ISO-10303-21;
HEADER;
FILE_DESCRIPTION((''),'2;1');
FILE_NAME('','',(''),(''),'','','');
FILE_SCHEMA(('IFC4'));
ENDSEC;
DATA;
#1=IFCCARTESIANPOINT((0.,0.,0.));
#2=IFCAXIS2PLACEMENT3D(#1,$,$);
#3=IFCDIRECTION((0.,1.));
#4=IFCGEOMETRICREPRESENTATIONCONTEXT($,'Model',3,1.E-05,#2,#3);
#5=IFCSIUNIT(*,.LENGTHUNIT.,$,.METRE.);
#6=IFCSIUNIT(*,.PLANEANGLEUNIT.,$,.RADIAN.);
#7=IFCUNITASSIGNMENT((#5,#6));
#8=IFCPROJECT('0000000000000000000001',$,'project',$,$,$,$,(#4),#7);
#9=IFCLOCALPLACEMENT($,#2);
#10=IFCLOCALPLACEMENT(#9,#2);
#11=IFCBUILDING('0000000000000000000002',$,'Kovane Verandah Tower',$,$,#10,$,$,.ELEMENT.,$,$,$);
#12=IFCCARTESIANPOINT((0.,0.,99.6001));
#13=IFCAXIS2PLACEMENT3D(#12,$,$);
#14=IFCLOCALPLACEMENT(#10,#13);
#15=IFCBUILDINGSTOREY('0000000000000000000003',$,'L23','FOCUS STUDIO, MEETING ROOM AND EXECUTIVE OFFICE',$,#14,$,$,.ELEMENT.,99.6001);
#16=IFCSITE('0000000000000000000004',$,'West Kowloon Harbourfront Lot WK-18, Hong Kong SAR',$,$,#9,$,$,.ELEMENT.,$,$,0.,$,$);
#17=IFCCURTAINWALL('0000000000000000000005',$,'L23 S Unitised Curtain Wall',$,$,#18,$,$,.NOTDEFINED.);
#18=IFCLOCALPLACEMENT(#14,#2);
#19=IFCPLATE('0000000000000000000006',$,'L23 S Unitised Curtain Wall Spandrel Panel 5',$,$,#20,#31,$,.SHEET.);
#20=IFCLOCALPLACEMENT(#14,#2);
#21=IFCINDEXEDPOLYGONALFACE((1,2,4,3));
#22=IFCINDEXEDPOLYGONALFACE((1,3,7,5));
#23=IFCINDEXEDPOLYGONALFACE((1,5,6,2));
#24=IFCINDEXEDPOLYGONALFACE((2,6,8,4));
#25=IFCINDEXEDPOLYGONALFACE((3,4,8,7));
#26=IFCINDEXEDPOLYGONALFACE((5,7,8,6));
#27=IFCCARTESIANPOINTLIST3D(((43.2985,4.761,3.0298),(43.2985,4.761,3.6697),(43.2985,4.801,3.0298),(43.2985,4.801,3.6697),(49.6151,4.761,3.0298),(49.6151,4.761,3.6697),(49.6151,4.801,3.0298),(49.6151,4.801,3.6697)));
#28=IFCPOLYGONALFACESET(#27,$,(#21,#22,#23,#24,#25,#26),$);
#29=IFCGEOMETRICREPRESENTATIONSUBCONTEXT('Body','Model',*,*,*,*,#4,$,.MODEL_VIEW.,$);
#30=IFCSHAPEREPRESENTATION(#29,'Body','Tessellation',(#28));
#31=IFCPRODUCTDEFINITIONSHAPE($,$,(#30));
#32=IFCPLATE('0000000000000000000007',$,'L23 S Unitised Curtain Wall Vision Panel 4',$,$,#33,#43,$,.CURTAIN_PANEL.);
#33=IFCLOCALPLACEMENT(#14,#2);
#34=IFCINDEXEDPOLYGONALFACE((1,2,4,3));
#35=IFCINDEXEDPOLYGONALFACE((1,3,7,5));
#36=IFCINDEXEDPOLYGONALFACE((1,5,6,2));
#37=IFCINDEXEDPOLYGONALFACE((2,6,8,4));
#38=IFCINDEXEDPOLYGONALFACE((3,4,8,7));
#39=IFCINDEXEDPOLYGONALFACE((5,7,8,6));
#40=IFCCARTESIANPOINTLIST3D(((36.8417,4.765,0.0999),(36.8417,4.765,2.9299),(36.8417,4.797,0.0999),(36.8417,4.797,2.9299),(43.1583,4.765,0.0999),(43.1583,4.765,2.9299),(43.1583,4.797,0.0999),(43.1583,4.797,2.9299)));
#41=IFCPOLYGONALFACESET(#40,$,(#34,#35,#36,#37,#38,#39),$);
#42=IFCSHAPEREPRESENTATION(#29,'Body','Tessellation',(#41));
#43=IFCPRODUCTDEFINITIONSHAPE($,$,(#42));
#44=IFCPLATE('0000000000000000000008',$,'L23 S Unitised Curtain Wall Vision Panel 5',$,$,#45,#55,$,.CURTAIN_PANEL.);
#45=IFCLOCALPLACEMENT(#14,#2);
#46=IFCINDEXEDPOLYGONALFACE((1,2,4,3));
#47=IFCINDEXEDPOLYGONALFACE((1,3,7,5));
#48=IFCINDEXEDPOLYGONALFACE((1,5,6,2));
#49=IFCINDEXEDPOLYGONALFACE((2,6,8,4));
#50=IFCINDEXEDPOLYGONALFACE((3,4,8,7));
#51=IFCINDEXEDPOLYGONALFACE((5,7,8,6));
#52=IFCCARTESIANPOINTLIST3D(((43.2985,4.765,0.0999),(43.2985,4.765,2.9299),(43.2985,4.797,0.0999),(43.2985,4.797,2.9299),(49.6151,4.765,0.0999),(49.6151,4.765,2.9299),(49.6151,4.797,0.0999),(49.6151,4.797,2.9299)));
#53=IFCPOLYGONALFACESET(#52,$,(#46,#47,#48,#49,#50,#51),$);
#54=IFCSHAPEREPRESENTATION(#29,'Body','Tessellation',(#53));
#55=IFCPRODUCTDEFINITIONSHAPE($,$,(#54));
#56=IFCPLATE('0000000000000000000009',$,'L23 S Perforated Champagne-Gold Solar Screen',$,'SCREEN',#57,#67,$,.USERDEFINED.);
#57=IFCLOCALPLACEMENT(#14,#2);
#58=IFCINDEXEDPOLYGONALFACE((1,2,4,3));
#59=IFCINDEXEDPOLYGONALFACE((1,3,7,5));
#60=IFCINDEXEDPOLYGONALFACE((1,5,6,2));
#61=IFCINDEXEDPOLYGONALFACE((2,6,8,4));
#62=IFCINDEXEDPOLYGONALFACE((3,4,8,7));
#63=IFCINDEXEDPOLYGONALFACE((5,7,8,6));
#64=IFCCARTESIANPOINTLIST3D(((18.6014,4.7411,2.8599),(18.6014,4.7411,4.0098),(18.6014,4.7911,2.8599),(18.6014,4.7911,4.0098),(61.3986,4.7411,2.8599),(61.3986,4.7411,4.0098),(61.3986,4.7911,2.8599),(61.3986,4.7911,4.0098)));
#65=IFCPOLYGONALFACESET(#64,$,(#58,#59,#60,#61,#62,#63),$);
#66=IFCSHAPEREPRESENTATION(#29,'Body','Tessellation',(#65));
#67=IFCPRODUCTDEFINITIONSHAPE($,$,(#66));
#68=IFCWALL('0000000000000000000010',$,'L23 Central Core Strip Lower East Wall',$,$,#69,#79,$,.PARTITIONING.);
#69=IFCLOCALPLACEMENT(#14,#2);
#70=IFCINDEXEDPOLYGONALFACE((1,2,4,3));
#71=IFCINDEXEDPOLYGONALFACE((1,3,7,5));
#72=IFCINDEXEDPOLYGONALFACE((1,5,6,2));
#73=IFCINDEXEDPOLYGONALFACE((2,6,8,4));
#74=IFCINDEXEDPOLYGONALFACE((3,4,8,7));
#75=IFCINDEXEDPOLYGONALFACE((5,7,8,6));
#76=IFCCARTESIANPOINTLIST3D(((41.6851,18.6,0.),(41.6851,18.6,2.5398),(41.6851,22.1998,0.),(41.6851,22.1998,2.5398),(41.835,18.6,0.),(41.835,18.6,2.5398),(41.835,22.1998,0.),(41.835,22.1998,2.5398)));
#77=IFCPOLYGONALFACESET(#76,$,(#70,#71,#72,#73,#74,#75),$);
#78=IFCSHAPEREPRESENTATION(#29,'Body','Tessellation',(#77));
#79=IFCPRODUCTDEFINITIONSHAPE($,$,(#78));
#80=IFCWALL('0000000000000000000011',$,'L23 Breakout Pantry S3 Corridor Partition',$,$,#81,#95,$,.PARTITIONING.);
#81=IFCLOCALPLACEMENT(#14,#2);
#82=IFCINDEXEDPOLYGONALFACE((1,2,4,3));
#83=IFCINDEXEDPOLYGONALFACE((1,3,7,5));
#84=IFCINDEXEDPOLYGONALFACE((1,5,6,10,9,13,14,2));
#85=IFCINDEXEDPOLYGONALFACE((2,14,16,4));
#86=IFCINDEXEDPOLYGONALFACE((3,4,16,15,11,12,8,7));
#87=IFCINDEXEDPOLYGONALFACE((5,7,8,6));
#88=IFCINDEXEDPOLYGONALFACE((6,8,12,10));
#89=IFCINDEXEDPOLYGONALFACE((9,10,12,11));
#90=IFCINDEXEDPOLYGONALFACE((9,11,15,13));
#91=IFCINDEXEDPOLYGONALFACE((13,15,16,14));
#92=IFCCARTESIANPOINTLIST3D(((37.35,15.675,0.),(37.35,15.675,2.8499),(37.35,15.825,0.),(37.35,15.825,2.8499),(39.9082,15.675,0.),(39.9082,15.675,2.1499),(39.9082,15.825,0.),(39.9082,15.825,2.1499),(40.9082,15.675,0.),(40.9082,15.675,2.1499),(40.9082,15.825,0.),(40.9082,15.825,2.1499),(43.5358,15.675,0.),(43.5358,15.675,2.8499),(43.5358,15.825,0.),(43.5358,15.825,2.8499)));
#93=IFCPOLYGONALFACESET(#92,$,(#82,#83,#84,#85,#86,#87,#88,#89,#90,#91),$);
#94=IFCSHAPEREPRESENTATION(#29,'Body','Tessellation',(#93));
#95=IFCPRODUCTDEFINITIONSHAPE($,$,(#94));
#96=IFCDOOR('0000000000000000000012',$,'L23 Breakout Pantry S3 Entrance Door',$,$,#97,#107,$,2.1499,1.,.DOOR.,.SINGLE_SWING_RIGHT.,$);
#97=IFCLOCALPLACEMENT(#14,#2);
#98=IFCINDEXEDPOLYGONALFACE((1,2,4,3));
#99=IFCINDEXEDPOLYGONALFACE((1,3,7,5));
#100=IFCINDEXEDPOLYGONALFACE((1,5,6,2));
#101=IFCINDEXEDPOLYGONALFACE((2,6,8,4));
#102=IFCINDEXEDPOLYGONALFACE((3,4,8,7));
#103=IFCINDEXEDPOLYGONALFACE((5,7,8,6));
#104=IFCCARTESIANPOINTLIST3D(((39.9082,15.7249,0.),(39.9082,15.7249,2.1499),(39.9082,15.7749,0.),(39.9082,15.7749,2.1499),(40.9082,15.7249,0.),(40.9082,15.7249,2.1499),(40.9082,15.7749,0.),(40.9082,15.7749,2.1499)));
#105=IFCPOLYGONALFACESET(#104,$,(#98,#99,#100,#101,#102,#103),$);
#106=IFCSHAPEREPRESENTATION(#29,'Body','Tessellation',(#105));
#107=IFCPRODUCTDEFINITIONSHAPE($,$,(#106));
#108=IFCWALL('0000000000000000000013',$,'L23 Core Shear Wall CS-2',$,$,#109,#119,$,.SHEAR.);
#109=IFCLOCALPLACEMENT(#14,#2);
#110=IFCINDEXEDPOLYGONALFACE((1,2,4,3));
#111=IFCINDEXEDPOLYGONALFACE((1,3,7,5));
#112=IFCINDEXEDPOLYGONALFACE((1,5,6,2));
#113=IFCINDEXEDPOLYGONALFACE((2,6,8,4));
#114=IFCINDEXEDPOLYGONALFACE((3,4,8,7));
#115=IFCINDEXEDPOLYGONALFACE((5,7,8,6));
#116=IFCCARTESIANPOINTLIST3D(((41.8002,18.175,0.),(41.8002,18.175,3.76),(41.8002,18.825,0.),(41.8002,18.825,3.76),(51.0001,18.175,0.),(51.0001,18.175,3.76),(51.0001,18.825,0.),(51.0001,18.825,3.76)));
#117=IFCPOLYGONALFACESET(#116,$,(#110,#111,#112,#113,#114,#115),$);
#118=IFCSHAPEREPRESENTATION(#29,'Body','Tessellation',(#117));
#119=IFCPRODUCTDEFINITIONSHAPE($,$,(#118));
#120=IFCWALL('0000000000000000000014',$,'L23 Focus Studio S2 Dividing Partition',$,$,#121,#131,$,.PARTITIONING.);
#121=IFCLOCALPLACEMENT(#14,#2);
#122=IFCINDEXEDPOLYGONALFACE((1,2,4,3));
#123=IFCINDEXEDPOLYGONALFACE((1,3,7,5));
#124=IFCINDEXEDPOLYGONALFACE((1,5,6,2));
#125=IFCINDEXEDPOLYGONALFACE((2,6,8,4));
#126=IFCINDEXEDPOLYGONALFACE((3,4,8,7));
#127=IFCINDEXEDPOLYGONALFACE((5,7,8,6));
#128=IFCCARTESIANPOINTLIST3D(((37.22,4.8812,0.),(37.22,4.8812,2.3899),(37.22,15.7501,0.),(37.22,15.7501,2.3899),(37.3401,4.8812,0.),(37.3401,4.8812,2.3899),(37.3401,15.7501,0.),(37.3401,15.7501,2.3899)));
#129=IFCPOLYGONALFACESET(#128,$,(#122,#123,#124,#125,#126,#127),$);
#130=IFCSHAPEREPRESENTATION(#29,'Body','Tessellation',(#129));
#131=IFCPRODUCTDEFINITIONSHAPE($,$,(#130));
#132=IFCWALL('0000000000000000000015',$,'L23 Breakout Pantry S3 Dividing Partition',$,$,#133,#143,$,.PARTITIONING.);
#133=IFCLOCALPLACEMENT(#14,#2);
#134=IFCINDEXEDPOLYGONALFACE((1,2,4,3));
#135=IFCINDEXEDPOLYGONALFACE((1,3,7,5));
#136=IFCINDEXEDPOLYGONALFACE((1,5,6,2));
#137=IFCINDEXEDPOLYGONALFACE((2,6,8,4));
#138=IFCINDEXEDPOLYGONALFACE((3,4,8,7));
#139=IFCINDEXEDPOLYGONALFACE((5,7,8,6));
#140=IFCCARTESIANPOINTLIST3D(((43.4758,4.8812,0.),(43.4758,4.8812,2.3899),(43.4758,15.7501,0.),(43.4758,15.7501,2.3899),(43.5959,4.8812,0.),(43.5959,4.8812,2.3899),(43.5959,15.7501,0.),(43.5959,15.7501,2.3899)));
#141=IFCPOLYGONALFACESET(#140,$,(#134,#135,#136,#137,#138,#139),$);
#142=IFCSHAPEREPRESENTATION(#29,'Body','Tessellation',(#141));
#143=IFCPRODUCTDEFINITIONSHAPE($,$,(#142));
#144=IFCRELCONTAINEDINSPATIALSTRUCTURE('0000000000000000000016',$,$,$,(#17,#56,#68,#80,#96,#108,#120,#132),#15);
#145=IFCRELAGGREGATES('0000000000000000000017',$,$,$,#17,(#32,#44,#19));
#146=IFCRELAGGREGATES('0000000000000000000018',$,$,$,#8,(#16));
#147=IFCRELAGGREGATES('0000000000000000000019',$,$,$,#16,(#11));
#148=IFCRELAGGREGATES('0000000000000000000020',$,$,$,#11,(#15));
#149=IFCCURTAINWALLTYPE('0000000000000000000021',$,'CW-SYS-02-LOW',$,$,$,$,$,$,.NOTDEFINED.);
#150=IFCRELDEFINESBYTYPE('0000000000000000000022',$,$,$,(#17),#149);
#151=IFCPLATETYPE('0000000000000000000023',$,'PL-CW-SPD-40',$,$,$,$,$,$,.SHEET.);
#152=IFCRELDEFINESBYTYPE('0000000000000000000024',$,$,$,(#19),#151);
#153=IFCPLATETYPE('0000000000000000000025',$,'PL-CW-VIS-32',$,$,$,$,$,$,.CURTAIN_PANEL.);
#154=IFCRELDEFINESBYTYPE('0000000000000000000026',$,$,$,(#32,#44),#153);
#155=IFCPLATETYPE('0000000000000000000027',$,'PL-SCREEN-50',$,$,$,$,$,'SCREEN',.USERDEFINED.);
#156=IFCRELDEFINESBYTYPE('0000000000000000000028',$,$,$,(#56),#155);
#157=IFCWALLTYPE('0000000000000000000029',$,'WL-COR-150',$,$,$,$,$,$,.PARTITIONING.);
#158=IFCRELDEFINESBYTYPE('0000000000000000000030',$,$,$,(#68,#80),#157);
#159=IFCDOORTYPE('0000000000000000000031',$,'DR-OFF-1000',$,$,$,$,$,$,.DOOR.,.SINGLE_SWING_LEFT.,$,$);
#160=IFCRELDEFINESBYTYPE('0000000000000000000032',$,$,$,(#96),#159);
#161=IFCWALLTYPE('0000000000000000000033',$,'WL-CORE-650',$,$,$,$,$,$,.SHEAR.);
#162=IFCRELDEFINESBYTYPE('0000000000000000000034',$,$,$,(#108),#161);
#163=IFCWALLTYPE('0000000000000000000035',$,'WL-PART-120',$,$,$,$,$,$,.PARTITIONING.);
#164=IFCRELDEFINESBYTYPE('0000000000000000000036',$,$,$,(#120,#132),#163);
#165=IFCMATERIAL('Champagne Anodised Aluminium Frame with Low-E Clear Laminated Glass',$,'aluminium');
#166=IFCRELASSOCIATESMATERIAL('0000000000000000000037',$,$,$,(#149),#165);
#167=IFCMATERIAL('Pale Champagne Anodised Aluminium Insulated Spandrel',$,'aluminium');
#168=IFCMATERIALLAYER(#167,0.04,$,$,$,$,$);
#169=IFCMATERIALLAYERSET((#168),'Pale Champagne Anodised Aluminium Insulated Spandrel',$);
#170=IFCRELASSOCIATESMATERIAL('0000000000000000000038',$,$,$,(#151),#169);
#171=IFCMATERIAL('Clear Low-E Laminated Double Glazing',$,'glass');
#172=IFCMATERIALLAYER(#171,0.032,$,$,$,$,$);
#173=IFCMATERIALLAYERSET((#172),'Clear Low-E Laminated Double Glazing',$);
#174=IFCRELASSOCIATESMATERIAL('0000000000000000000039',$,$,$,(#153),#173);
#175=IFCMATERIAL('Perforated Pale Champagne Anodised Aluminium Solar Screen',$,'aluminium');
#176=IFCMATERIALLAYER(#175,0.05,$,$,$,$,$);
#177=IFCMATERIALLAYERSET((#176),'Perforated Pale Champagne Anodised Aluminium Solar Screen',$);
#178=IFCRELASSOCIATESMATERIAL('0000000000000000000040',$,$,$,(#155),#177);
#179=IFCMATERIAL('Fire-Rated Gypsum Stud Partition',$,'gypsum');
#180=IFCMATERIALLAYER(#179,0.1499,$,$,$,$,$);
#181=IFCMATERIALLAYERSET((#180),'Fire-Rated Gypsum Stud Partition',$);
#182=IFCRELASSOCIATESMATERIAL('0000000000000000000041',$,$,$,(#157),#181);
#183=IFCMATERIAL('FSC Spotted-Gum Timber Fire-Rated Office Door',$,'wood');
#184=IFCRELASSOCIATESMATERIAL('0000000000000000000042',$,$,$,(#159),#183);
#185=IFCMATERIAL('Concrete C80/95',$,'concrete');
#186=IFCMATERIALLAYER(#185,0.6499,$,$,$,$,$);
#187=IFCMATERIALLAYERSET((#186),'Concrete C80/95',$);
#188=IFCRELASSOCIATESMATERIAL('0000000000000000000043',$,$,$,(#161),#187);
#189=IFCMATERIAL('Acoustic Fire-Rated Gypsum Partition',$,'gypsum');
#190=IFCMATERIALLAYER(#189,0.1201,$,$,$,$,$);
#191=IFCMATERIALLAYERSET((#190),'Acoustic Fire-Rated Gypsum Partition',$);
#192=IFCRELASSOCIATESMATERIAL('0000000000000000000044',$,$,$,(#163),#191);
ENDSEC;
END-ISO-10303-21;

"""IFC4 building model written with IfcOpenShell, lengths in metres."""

from ifc_helpers import new_model, si_unit, direction, frame, frame_2d, origin, origin_2d, place, context, subcontext, project, spatial, rectangle, extrude, material, layer, layer_set, type_object, element, fill, aggregate, save


model = new_model("IFC4")

# Units and contexts
model_context = context("Model", 3, precision=1e-05, world=origin(), true_north=direction((0.0, 1.0)))
body_context = subcontext(model_context, "Body", "Model", "MODEL_VIEW")
ifc_project = project(units=[si_unit("LENGTHUNIT", "METRE"), si_unit("PLANEANGLEUNIT", "RADIAN")], contexts=[model_context])

# Site, building, storey
site_placement = place(None, origin())
site = spatial("IfcSite", under=ifc_project, at=site_placement, Name="West Kowloon Harbourfront Lot WK-18, Hong Kong SAR", CompositionType="ELEMENT", RefElevation=0.0)
building_placement = place(site_placement, origin())
building = spatial("IfcBuilding", under=site, at=building_placement, Name="Kovane Verandah Tower", CompositionType="ELEMENT")
storey_placement = place(building_placement, frame((0.0, 0.0, 99.6001)))
storey = spatial("IfcBuildingStorey", under=building, at=storey_placement, Name="L23", Description="FOCUS STUDIO, MEETING ROOM AND EXECUTIVE OFFICE", CompositionType="ELEMENT", Elevation=99.6001)

# Shared definitions
ifc_material_1 = material(Name="Concrete C80/95", Category="concrete")

# Curtain wall, plates
ifc_material_2 = material(Name="Champagne Anodised Aluminium Frame with Low-E Clear Laminated Glass", Category="aluminium")
curtain_wall_type = type_object("IfcCurtainWallType", Name="CW-SYS-02-LOW", PredefinedType="NOTDEFINED", material=ifc_material_2)
curtain_wall_placement = place(storey_placement, origin())
curtain_wall = element("IfcCurtainWall", 1, at=curtain_wall_placement, inside=storey, type_object=curtain_wall_type, Name="L23 S Unitised Curtain Wall", PredefinedType="NOTDEFINED")
ifc_material_3 = material(Name="Pale Champagne Anodised Aluminium Insulated Spandrel", Category="aluminium")
ifc_layer_1 = layer(ifc_material_3, 0.04)
ifc_layer_set_1 = layer_set([ifc_layer_1], Name="Pale Champagne Anodised Aluminium Insulated Spandrel")
plate_type_1 = type_object("IfcPlateType", Name="PL-CW-SPD-40", PredefinedType="SHEET", material=ifc_layer_set_1)
plate_1_placement = place(storey_placement, frame((46.4568, 4.781, 3.0298), z_axis=(0.0, 0.0, 1.0), x_axis=(1.0, 0.0, 0.0)))
plate_1 = element("IfcPlate", 2, at=plate_1_placement, type_object=plate_type_1, Name="L23 S Unitised Curtain Wall Spandrel Panel 5", PredefinedType="SHEET", context=body_context, shape_type="SweptSolid", body=[
    extrude(rectangle(XDim=6.3167, YDim=0.04, at=origin_2d()), origin(), (0.0, 0.0, 1.0), 0.6399),
])
ifc_material_4 = material(Name="Clear Low-E Laminated Double Glazing", Category="glass")
ifc_layer_2 = layer(ifc_material_4, 0.032)
ifc_layer_set_2 = layer_set([ifc_layer_2], Name="Clear Low-E Laminated Double Glazing")
plate_type_2 = type_object("IfcPlateType", Name="PL-CW-VIS-32", PredefinedType="CURTAIN_PANEL", material=ifc_layer_set_2)
plate_2_placement = place(storey_placement, frame((40.0, 4.781, 0.0999), z_axis=(0.0, 0.0, 1.0), x_axis=(1.0, 0.0, 0.0)))
plate_2 = element("IfcPlate", 3, at=plate_2_placement, type_object=plate_type_2, Name="L23 S Unitised Curtain Wall Vision Panel 4", PredefinedType="CURTAIN_PANEL", context=body_context, shape_type="SweptSolid", body=[
    extrude(rectangle(XDim=6.3167, YDim=0.032, at=origin_2d()), origin(), (0.0, 0.0, 1.0), 2.8301),
])
plate_3_placement = place(storey_placement, frame((46.4568, 4.781, 0.0999), z_axis=(0.0, 0.0, 1.0), x_axis=(1.0, 0.0, 0.0)))
plate_3 = element("IfcPlate", 4, at=plate_3_placement, type_object=plate_type_2, Name="L23 S Unitised Curtain Wall Vision Panel 5", PredefinedType="CURTAIN_PANEL", context=body_context, shape_type="SweptSolid", body=[
    extrude(rectangle(XDim=6.3167, YDim=0.032, at=origin_2d()), origin(), (0.0, 0.0, 1.0), 2.8301),
])
aggregate(curtain_wall, [plate_2, plate_3, plate_1])

# Plate
ifc_material_5 = material(Name="Perforated Pale Champagne Anodised Aluminium Solar Screen", Category="aluminium")
ifc_layer_3 = layer(ifc_material_5, 0.05)
ifc_layer_set_3 = layer_set([ifc_layer_3], Name="Perforated Pale Champagne Anodised Aluminium Solar Screen")
plate_type_3 = type_object("IfcPlateType", Name="PL-SCREEN-50", ElementType="SCREEN", PredefinedType="USERDEFINED", material=ifc_layer_set_3)
plate_4_placement = place(storey_placement, frame((40.0, 4.7661, 2.8599), z_axis=(0.0, 0.0, 1.0), x_axis=(1.0, 0.0, 0.0)))
element("IfcPlate", 5, at=plate_4_placement, inside=storey, type_object=plate_type_3, Name="L23 S Perforated Champagne-Gold Solar Screen", ObjectType="SCREEN", PredefinedType="USERDEFINED", context=body_context, shape_type="SweptSolid", body=[
    extrude(rectangle(XDim=42.7971, YDim=0.05, at=origin_2d()), origin(), (0.0, 0.0, 1.0), 1.1499),
])

# Wall
ifc_material_6 = material(Name="Fire-Rated Gypsum Stud Partition", Category="gypsum")
ifc_layer_4 = layer(ifc_material_6, 0.1499)
ifc_layer_set_4 = layer_set([ifc_layer_4], Name="Fire-Rated Gypsum Stud Partition")
wall_type_1 = type_object("IfcWallType", Name="WL-COR-150", PredefinedType="PARTITIONING", material=ifc_layer_set_4)
wall_1_placement = place(storey_placement, frame((41.76, 18.6001, 0.0), z_axis=(0.0, 0.0, 1.0), x_axis=(0.0, 1.0, 0.0)))
element("IfcWall", 6, at=wall_1_placement, inside=storey, type_object=wall_type_1, Name="L23 Central Core Strip Lower East Wall", PredefinedType="PARTITIONING", context=body_context, shape_type="SweptSolid", body=[
    extrude(rectangle(XDim=3.5999, YDim=0.1499, at=frame_2d((1.7998, 0.0))), origin(), (0.0, 0.0, 1.0), 2.5398),
])

# Wall, opening, door
wall_2_placement = place(storey_placement, frame((37.3501, 15.75, 0.0), z_axis=(0.0, 0.0, 1.0), x_axis=(1.0, 0.0, 0.0)))
wall_2 = element("IfcWall", 7, at=wall_2_placement, inside=storey, type_object=wall_type_1, Name="L23 Breakout Pantry S3 Corridor Partition", PredefinedType="PARTITIONING", context=body_context, shape_type="SweptSolid", body=[
    extrude(rectangle(XDim=6.1858, YDim=0.1499, at=frame_2d((3.0928, 0.0))), origin(), (0.0, 0.0, 1.0), 2.8499),
])
opening_1_placement = place(wall_2_placement, frame((2.5581, 0.0, 0.0)))
opening_1 = element("IfcOpeningElement", 8, at=opening_1_placement, cuts=wall_2, PredefinedType="OPENING", context=body_context, shape_type="SweptSolid", body=[
    extrude(rectangle(XDim=1.0, YDim=2.1499, at=frame_2d((0.5, 1.075))), frame((0.0, 0.075, 0.0), z_axis=(0.0, -1.0, 0.0), x_axis=(1.0, 0.0, 0.0)), (0.0, 0.0, 1.0), 0.1499),
])
ifc_material_7 = material(Name="FSC Spotted-Gum Timber Fire-Rated Office Door", Category="wood")
door_type = type_object("IfcDoorType", Name="DR-OFF-1000", OperationType="SINGLE_SWING_LEFT", PredefinedType="DOOR", material=ifc_material_7)
door_1_placement = place(opening_1_placement, origin())
door_1 = element("IfcDoor", 9, at=door_1_placement, inside=storey, type_object=door_type, Name="L23 Breakout Pantry S3 Entrance Door", OperationType="SINGLE_SWING_RIGHT", OverallHeight=2.1499, OverallWidth=1.0, PredefinedType="DOOR", context=body_context, shape_type="SweptSolid", body=[
    extrude(rectangle(XDim=1.0, YDim=2.1499, at=frame_2d((0.5, 1.075))), frame((0.0, 0.0249, 0.0), z_axis=(0.0, -1.0, 0.0), x_axis=(1.0, 0.0, 0.0)), (0.0, 0.0, 1.0), 0.05),
])
fill(opening_1, door_1)

# Walls
ifc_layer_5 = layer(ifc_material_1, 0.6499)
ifc_layer_set_5 = layer_set([ifc_layer_5], Name="Concrete C80/95")
wall_type_2 = type_object("IfcWallType", Name="WL-CORE-650", PredefinedType="SHEAR", material=ifc_layer_set_5)
wall_3_placement = place(storey_placement, frame((41.8, 18.5, 0.0), z_axis=(0.0, 0.0, 1.0), x_axis=(1.0, 0.0, 0.0)))
element("IfcWall", 10, at=wall_3_placement, inside=storey, type_object=wall_type_2, Name="L23 Core Shear Wall CS-2", PredefinedType="SHEAR", context=body_context, shape_type="SweptSolid", body=[
    extrude(rectangle(XDim=9.2, YDim=0.6499, at=frame_2d((4.6001, 0.0))), origin(), (0.0, 0.0, 1.0), 3.76),
])
ifc_material_8 = material(Name="Acoustic Fire-Rated Gypsum Partition", Category="gypsum")
ifc_layer_6 = layer(ifc_material_8, 0.1201)
ifc_layer_set_6 = layer_set([ifc_layer_6], Name="Acoustic Fire-Rated Gypsum Partition")
wall_type_3 = type_object("IfcWallType", Name="WL-PART-120", PredefinedType="PARTITIONING", material=ifc_layer_set_6)
for number, where, z_axis, x_axis, name in (
    (11, (37.28, 4.8811, 0.0), (0.0, 0.0, 1.0), (0.0, 1.0, 0.0), "L23 Focus Studio S2 Dividing Partition"),
    (12, (43.5359, 4.8811, 0.0), (0.0, 0.0, 1.0), (0.0, 1.0, 0.0), "L23 Breakout Pantry S3 Dividing Partition"),
):
    element("IfcWall", number, at=place(storey_placement, frame(where, z_axis=z_axis, x_axis=x_axis)), inside=storey, type_object=wall_type_3, Name=name, PredefinedType="PARTITIONING", context=body_context, shape_type="SweptSolid", body=[
        extrude(rectangle(XDim=10.8689, YDim=0.1201, at=frame_2d((5.4346, 0.0))), origin(), (0.0, 0.0, 1.0), 2.3899),
    ])

save(model, "model.ifc")
